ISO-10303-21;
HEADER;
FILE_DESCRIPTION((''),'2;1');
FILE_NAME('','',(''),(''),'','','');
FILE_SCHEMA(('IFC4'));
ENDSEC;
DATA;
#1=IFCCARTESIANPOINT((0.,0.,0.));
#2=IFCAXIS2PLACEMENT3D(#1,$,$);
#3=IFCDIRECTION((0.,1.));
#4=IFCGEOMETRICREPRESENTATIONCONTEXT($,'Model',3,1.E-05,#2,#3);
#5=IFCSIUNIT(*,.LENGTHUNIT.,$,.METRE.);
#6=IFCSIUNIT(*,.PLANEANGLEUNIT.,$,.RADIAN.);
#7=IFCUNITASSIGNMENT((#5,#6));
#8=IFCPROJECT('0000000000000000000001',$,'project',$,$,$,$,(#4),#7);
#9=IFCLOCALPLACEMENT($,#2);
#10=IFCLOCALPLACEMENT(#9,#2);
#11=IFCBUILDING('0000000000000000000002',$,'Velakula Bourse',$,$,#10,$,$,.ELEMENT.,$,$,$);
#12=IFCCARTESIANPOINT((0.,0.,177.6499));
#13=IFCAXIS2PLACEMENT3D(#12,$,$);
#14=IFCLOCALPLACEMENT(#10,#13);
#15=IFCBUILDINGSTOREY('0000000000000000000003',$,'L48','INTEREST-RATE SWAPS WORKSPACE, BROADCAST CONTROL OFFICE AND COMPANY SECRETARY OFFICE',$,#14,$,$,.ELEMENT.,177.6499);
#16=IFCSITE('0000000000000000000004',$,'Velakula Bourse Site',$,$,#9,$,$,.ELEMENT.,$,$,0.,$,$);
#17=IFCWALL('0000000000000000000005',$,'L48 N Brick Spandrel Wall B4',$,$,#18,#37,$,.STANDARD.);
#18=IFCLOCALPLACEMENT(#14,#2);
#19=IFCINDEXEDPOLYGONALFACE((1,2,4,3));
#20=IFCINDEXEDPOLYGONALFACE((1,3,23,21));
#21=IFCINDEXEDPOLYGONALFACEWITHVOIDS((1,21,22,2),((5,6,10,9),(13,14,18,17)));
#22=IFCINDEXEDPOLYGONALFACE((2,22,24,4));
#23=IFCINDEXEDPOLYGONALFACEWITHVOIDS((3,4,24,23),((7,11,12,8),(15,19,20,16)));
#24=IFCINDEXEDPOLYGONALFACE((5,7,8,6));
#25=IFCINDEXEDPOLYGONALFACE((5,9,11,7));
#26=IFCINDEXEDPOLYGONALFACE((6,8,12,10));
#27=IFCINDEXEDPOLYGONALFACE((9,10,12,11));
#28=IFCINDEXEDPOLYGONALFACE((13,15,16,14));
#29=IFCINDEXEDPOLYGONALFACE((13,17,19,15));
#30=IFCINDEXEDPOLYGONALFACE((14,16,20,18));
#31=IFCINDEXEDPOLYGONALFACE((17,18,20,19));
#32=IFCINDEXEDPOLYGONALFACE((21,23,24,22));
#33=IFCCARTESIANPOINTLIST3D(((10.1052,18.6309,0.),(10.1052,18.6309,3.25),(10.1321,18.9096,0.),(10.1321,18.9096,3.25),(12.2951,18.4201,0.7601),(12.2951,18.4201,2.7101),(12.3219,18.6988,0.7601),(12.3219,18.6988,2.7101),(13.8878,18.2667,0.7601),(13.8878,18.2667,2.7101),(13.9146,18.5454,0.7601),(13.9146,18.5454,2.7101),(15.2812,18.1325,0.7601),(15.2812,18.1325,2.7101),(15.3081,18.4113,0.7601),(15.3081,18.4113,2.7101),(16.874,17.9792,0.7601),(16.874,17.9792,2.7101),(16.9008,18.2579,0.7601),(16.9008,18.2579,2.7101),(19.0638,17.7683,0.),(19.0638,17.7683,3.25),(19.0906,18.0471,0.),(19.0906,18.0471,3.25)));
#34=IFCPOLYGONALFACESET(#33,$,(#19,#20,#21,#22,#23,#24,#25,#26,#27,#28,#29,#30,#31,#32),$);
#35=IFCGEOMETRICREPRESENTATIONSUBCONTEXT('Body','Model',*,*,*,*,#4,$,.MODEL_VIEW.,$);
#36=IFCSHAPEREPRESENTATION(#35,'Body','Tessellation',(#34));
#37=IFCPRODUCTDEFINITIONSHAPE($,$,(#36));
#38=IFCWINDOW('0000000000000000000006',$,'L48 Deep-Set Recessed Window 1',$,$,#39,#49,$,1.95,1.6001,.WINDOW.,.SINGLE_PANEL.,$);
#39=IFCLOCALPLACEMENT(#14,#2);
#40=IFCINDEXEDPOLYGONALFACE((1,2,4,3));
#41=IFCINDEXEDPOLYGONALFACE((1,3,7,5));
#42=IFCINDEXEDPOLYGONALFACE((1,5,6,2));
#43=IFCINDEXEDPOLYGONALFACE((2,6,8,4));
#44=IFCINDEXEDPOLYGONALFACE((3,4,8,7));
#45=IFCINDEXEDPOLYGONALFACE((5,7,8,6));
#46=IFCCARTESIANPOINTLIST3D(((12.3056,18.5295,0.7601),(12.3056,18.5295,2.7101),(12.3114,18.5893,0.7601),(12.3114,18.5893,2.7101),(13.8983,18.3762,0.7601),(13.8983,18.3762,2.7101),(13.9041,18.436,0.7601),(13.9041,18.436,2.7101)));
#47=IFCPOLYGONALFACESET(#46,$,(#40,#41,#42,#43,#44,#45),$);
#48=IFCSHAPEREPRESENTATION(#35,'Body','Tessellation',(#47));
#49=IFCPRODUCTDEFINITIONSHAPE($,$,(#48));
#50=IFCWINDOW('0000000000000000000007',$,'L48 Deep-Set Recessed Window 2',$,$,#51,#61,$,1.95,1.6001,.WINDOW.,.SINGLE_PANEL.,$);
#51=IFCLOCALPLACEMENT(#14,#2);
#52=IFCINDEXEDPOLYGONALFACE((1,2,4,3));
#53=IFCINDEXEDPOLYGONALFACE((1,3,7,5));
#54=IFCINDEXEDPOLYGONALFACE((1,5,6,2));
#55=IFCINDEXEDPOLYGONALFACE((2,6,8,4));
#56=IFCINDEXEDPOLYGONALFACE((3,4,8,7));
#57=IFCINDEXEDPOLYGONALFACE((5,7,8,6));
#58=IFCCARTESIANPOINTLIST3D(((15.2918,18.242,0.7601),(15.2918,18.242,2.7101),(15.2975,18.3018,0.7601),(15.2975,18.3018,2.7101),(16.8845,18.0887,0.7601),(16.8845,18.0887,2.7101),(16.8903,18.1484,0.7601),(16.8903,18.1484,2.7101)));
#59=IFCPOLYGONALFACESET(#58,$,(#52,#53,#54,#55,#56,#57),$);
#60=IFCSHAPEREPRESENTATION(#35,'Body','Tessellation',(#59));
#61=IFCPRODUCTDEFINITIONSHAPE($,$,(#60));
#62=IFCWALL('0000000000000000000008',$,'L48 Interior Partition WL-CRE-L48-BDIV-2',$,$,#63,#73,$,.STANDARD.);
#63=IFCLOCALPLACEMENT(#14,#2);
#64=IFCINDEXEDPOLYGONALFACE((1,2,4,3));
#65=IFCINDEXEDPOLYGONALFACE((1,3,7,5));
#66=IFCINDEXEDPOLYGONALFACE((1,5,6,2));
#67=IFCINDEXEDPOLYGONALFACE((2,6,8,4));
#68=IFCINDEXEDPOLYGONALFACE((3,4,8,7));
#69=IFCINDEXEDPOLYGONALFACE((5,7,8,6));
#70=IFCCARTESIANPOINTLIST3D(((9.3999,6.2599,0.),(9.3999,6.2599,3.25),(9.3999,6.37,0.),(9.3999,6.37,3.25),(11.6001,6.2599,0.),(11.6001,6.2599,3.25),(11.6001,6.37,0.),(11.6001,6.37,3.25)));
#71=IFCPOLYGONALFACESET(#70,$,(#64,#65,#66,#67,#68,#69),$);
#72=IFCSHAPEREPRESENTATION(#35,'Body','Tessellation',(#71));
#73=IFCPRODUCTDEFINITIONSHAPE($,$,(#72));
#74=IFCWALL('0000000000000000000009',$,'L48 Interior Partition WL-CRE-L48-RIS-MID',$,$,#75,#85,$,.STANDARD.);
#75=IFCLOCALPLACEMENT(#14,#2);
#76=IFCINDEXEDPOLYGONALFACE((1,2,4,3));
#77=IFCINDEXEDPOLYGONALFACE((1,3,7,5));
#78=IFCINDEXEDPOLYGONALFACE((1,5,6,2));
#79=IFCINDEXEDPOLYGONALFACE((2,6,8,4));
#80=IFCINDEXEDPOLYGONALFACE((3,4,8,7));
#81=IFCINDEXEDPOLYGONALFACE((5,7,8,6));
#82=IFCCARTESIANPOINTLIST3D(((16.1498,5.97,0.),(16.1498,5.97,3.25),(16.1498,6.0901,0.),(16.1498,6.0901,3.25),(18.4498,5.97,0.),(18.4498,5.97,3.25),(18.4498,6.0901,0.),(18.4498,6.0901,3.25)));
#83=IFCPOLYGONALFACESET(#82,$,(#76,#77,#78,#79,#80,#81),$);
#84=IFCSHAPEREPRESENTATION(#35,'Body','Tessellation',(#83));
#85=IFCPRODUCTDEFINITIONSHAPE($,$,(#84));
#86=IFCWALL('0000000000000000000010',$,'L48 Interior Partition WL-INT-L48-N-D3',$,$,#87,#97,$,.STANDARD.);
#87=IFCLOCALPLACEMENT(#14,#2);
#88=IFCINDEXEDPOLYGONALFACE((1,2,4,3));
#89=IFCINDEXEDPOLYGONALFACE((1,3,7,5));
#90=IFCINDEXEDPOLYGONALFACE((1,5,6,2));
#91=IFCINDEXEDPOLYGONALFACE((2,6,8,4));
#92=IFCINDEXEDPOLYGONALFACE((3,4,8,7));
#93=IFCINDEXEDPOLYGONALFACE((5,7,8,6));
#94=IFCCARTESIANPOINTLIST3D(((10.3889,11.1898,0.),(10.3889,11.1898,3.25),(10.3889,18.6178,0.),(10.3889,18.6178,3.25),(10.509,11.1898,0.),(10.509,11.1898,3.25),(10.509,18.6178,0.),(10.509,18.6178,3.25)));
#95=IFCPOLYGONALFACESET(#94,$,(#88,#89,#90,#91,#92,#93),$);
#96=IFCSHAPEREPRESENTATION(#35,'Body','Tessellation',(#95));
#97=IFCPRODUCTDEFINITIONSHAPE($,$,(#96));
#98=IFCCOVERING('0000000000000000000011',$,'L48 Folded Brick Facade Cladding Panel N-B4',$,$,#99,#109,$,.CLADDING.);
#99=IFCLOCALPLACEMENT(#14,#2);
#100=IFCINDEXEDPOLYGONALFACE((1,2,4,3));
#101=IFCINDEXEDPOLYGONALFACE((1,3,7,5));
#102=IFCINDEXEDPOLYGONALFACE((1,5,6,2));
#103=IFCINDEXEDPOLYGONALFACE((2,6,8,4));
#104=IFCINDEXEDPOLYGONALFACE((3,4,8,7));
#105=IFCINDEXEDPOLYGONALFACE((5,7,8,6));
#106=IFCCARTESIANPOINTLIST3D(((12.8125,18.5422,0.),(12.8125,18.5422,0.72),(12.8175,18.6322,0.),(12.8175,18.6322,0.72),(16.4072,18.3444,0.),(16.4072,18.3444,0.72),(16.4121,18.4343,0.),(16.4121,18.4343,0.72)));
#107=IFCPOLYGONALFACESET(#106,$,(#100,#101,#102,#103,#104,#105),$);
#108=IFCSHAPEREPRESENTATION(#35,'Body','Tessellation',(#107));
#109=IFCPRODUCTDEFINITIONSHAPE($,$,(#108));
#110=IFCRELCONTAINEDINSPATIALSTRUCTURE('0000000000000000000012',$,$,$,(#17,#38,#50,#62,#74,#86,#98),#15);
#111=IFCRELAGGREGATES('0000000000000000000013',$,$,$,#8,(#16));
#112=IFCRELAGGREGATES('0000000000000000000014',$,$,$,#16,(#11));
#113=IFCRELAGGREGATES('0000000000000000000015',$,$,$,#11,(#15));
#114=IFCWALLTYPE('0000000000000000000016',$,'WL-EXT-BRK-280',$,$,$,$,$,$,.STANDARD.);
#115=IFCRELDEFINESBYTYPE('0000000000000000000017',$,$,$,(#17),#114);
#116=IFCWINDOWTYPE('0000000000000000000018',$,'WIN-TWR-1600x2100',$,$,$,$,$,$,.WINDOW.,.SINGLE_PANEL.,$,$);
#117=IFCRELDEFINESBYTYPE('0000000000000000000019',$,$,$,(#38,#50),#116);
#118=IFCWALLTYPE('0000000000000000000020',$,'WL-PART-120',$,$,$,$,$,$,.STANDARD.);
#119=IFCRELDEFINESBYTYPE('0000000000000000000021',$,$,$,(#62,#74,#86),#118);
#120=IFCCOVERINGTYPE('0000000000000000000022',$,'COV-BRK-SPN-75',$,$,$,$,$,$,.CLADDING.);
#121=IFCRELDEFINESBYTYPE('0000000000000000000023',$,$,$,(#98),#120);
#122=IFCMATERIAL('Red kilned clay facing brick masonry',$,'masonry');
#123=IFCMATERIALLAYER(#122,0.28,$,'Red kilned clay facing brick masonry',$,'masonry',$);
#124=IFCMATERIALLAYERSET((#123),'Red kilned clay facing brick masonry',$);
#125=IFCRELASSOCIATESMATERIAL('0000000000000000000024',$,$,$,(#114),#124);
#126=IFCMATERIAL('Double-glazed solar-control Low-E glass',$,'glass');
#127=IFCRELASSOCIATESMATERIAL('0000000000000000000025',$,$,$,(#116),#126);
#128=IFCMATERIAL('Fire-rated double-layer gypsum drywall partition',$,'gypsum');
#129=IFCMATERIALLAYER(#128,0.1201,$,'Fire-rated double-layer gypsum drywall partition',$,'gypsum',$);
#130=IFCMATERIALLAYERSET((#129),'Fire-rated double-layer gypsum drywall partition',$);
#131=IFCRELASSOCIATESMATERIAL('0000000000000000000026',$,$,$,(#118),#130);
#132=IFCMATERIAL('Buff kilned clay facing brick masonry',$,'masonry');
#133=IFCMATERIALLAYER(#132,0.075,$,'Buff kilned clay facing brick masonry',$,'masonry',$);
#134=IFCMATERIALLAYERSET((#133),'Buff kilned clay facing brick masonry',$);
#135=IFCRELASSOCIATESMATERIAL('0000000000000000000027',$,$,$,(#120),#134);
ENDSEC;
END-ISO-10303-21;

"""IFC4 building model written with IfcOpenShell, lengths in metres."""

from ifc_helpers import new_model, si_unit, direction, frame, frame_2d, origin, origin_2d, place, context, subcontext, project, spatial, rectangle, extrude, material, layer, layer_set, type_object, element, fill, save


model = new_model("IFC4")

# Units and contexts
model_context = context("Model", 3, precision=1e-05, world=origin(), true_north=direction((0.0, 1.0)))
body_context = subcontext(model_context, "Body", "Model", "MODEL_VIEW")
ifc_project = project(units=[si_unit("LENGTHUNIT", "METRE"), si_unit("PLANEANGLEUNIT", "RADIAN")], contexts=[model_context])

# Site, building, storey
site_placement = place(None, origin())
site = spatial("IfcSite", under=ifc_project, at=site_placement, Name="Velakula Bourse Site", CompositionType="ELEMENT", RefElevation=0.0)
building_placement = place(site_placement, origin())
building = spatial("IfcBuilding", under=site, at=building_placement, Name="Velakula Bourse", CompositionType="ELEMENT")
storey_placement = place(building_placement, frame((0.0, 0.0, 177.6499)))
storey = spatial("IfcBuildingStorey", under=building, at=storey_placement, Name="L48", Description="INTEREST-RATE SWAPS WORKSPACE, BROADCAST CONTROL OFFICE AND COMPANY SECRETARY OFFICE", CompositionType="ELEMENT", Elevation=177.6499)

# Wall, openings, windows
ifc_material_1 = material(Name="Red kilned clay facing brick masonry", Category="masonry")
ifc_layer_1 = layer(ifc_material_1, 0.28, Name="Red kilned clay facing brick masonry", Category="masonry")
ifc_layer_set_1 = layer_set([ifc_layer_1], Name="Red kilned clay facing brick masonry")
wall_type_1 = type_object("IfcWallType", Name="WL-EXT-BRK-280", PredefinedType="STANDARD", material=ifc_layer_set_1)
ifc_material_2 = material(Name="Double-glazed solar-control Low-E glass", Category="glass")
window_type = type_object("IfcWindowType", Name="WIN-TWR-1600x2100", PartitioningType="SINGLE_PANEL", PredefinedType="WINDOW", material=ifc_material_2)
wall_1_placement = place(storey_placement, frame((10.1187, 18.7703, 0.0), z_axis=(0.0, 0.0, 1.0), x_axis=(0.995397, -0.09584, 0.0)))
wall_1 = element("IfcWall", 1, at=wall_1_placement, inside=storey, type_object=wall_type_1, Name="L48 N Brick Spandrel Wall B4", PredefinedType="STANDARD", context=body_context, shape_type="SweptSolid", body=[
    extrude(rectangle(XDim=9.0, YDim=0.28, at=frame_2d((4.5, 0.0))), origin(), (0.0, 0.0, 1.0), 3.25),
])
opening_1_placement = place(wall_1_placement, frame((2.2, 0.0, 0.76)))
opening_1 = element("IfcOpeningElement", 2, at=opening_1_placement, cuts=wall_1, PredefinedType="OPENING", context=body_context, shape_type="SweptSolid", body=[
    extrude(rectangle(XDim=1.6001, YDim=1.95, at=frame_2d((0.8, 0.9751))), frame((0.0, 0.1499, 0.0), z_axis=(0.0, -1.0, 0.0), x_axis=(1.0, 0.0, 0.0)), (0.0, 0.0, 1.0), 0.3),
])
opening_2_placement = place(wall_1_placement, frame((5.2, 0.0, 0.76)))
opening_2 = element("IfcOpeningElement", 3, at=opening_2_placement, cuts=wall_1, PredefinedType="OPENING", context=body_context, shape_type="SweptSolid", body=[
    extrude(rectangle(XDim=1.6001, YDim=1.95, at=frame_2d((0.8, 0.9751))), frame((0.0, 0.1499, 0.0), z_axis=(0.0, -1.0, 0.0), x_axis=(1.0, 0.0, 0.0)), (0.0, 0.0, 1.0), 0.3),
])
window_1_placement = place(opening_1_placement, origin())
window_1 = element("IfcWindow", 4, at=window_1_placement, inside=storey, type_object=window_type, Name="L48 Deep-Set Recessed Window 1", OverallHeight=1.95, OverallWidth=1.6001, PartitioningType="SINGLE_PANEL", PredefinedType="WINDOW", context=body_context, shape_type="SweptSolid", body=[
    extrude(rectangle(XDim=1.6001, YDim=1.95, at=frame_2d((0.8, 0.9751))), frame((0.0, 0.03, 0.0), z_axis=(0.0, -1.0, 0.0), x_axis=(1.0, 0.0, 0.0)), (0.0, 0.0, 1.0), 0.0601),
])
fill(opening_1, window_1)
window_2_placement = place(opening_2_placement, origin())
window_2 = element("IfcWindow", 5, at=window_2_placement, inside=storey, type_object=window_type, Name="L48 Deep-Set Recessed Window 2", OverallHeight=1.95, OverallWidth=1.6001, PartitioningType="SINGLE_PANEL", PredefinedType="WINDOW", context=body_context, shape_type="SweptSolid", body=[
    extrude(rectangle(XDim=1.6001, YDim=1.95, at=frame_2d((0.8, 0.9751))), frame((0.0, 0.03, 0.0), z_axis=(0.0, -1.0, 0.0), x_axis=(1.0, 0.0, 0.0)), (0.0, 0.0, 1.0), 0.0601),
])
fill(opening_2, window_2)

# Walls
ifc_material_3 = material(Name="Fire-rated double-layer gypsum drywall partition", Category="gypsum")
ifc_layer_2 = layer(ifc_material_3, 0.1201, Name="Fire-rated double-layer gypsum drywall partition", Category="gypsum")
ifc_layer_set_2 = layer_set([ifc_layer_2], Name="Fire-rated double-layer gypsum drywall partition")
wall_type_2 = type_object("IfcWallType", Name="WL-PART-120", PredefinedType="STANDARD", material=ifc_layer_set_2)
wall_2_placement = place(storey_placement, frame((9.3999, 6.3149, 0.0), z_axis=(0.0, 0.0, 1.0), x_axis=(1.0, 0.0, 0.0)))
element("IfcWall", 6, at=wall_2_placement, inside=storey, type_object=wall_type_2, Name="L48 Interior Partition WL-CRE-L48-BDIV-2", PredefinedType="STANDARD", context=body_context, shape_type="SweptSolid", body=[
    extrude(rectangle(XDim=2.2002, YDim=0.1101, at=frame_2d((1.1001, 0.0))), origin(), (0.0, 0.0, 1.0), 3.25),
])
wall_3_placement = place(storey_placement, frame((16.1499, 6.03, 0.0), z_axis=(0.0, 0.0, 1.0), x_axis=(1.0, 0.0, 0.0)))
element("IfcWall", 7, at=wall_3_placement, inside=storey, type_object=wall_type_2, Name="L48 Interior Partition WL-CRE-L48-RIS-MID", PredefinedType="STANDARD", context=body_context, shape_type="SweptSolid", body=[
    extrude(rectangle(XDim=2.3, YDim=0.1201, at=frame_2d((1.1499, 0.0))), origin(), (0.0, 0.0, 1.0), 3.25),
])
wall_4_placement = place(storey_placement, frame((10.449, 11.1899, 0.0), z_axis=(0.0, 0.0, 1.0), x_axis=(0.0, 1.0, 0.0)))
element("IfcWall", 8, at=wall_4_placement, inside=storey, type_object=wall_type_2, Name="L48 Interior Partition WL-INT-L48-N-D3", PredefinedType="STANDARD", context=body_context, shape_type="SweptSolid", body=[
    extrude(rectangle(XDim=7.428, YDim=0.1201, at=frame_2d((3.7139, 0.0))), origin(), (0.0, 0.0, 1.0), 3.25),
])

# Covering
ifc_material_4 = material(Name="Buff kilned clay facing brick masonry", Category="masonry")
ifc_layer_3 = layer(ifc_material_4, 0.075, Name="Buff kilned clay facing brick masonry", Category="masonry")
ifc_layer_set_3 = layer_set([ifc_layer_3], Name="Buff kilned clay facing brick masonry")
covering_type = type_object("IfcCoveringType", Name="COV-BRK-SPN-75", PredefinedType="CLADDING", material=ifc_layer_set_3)
covering_placement = place(storey_placement, frame((14.6123, 18.4883, 0.0), z_axis=(0.0, 0.0, 1.0), x_axis=(0.998489, -0.05495, 0.0)))
element("IfcCovering", 9, at=covering_placement, inside=storey, type_object=covering_type, Name="L48 Folded Brick Facade Cladding Panel N-B4", PredefinedType="CLADDING", context=body_context, shape_type="SweptSolid", body=[
    extrude(rectangle(XDim=3.6001, YDim=0.0901, at=origin_2d()), origin(), (0.0, 0.0, 1.0), 0.72),
])

save(model, "model.ifc")
